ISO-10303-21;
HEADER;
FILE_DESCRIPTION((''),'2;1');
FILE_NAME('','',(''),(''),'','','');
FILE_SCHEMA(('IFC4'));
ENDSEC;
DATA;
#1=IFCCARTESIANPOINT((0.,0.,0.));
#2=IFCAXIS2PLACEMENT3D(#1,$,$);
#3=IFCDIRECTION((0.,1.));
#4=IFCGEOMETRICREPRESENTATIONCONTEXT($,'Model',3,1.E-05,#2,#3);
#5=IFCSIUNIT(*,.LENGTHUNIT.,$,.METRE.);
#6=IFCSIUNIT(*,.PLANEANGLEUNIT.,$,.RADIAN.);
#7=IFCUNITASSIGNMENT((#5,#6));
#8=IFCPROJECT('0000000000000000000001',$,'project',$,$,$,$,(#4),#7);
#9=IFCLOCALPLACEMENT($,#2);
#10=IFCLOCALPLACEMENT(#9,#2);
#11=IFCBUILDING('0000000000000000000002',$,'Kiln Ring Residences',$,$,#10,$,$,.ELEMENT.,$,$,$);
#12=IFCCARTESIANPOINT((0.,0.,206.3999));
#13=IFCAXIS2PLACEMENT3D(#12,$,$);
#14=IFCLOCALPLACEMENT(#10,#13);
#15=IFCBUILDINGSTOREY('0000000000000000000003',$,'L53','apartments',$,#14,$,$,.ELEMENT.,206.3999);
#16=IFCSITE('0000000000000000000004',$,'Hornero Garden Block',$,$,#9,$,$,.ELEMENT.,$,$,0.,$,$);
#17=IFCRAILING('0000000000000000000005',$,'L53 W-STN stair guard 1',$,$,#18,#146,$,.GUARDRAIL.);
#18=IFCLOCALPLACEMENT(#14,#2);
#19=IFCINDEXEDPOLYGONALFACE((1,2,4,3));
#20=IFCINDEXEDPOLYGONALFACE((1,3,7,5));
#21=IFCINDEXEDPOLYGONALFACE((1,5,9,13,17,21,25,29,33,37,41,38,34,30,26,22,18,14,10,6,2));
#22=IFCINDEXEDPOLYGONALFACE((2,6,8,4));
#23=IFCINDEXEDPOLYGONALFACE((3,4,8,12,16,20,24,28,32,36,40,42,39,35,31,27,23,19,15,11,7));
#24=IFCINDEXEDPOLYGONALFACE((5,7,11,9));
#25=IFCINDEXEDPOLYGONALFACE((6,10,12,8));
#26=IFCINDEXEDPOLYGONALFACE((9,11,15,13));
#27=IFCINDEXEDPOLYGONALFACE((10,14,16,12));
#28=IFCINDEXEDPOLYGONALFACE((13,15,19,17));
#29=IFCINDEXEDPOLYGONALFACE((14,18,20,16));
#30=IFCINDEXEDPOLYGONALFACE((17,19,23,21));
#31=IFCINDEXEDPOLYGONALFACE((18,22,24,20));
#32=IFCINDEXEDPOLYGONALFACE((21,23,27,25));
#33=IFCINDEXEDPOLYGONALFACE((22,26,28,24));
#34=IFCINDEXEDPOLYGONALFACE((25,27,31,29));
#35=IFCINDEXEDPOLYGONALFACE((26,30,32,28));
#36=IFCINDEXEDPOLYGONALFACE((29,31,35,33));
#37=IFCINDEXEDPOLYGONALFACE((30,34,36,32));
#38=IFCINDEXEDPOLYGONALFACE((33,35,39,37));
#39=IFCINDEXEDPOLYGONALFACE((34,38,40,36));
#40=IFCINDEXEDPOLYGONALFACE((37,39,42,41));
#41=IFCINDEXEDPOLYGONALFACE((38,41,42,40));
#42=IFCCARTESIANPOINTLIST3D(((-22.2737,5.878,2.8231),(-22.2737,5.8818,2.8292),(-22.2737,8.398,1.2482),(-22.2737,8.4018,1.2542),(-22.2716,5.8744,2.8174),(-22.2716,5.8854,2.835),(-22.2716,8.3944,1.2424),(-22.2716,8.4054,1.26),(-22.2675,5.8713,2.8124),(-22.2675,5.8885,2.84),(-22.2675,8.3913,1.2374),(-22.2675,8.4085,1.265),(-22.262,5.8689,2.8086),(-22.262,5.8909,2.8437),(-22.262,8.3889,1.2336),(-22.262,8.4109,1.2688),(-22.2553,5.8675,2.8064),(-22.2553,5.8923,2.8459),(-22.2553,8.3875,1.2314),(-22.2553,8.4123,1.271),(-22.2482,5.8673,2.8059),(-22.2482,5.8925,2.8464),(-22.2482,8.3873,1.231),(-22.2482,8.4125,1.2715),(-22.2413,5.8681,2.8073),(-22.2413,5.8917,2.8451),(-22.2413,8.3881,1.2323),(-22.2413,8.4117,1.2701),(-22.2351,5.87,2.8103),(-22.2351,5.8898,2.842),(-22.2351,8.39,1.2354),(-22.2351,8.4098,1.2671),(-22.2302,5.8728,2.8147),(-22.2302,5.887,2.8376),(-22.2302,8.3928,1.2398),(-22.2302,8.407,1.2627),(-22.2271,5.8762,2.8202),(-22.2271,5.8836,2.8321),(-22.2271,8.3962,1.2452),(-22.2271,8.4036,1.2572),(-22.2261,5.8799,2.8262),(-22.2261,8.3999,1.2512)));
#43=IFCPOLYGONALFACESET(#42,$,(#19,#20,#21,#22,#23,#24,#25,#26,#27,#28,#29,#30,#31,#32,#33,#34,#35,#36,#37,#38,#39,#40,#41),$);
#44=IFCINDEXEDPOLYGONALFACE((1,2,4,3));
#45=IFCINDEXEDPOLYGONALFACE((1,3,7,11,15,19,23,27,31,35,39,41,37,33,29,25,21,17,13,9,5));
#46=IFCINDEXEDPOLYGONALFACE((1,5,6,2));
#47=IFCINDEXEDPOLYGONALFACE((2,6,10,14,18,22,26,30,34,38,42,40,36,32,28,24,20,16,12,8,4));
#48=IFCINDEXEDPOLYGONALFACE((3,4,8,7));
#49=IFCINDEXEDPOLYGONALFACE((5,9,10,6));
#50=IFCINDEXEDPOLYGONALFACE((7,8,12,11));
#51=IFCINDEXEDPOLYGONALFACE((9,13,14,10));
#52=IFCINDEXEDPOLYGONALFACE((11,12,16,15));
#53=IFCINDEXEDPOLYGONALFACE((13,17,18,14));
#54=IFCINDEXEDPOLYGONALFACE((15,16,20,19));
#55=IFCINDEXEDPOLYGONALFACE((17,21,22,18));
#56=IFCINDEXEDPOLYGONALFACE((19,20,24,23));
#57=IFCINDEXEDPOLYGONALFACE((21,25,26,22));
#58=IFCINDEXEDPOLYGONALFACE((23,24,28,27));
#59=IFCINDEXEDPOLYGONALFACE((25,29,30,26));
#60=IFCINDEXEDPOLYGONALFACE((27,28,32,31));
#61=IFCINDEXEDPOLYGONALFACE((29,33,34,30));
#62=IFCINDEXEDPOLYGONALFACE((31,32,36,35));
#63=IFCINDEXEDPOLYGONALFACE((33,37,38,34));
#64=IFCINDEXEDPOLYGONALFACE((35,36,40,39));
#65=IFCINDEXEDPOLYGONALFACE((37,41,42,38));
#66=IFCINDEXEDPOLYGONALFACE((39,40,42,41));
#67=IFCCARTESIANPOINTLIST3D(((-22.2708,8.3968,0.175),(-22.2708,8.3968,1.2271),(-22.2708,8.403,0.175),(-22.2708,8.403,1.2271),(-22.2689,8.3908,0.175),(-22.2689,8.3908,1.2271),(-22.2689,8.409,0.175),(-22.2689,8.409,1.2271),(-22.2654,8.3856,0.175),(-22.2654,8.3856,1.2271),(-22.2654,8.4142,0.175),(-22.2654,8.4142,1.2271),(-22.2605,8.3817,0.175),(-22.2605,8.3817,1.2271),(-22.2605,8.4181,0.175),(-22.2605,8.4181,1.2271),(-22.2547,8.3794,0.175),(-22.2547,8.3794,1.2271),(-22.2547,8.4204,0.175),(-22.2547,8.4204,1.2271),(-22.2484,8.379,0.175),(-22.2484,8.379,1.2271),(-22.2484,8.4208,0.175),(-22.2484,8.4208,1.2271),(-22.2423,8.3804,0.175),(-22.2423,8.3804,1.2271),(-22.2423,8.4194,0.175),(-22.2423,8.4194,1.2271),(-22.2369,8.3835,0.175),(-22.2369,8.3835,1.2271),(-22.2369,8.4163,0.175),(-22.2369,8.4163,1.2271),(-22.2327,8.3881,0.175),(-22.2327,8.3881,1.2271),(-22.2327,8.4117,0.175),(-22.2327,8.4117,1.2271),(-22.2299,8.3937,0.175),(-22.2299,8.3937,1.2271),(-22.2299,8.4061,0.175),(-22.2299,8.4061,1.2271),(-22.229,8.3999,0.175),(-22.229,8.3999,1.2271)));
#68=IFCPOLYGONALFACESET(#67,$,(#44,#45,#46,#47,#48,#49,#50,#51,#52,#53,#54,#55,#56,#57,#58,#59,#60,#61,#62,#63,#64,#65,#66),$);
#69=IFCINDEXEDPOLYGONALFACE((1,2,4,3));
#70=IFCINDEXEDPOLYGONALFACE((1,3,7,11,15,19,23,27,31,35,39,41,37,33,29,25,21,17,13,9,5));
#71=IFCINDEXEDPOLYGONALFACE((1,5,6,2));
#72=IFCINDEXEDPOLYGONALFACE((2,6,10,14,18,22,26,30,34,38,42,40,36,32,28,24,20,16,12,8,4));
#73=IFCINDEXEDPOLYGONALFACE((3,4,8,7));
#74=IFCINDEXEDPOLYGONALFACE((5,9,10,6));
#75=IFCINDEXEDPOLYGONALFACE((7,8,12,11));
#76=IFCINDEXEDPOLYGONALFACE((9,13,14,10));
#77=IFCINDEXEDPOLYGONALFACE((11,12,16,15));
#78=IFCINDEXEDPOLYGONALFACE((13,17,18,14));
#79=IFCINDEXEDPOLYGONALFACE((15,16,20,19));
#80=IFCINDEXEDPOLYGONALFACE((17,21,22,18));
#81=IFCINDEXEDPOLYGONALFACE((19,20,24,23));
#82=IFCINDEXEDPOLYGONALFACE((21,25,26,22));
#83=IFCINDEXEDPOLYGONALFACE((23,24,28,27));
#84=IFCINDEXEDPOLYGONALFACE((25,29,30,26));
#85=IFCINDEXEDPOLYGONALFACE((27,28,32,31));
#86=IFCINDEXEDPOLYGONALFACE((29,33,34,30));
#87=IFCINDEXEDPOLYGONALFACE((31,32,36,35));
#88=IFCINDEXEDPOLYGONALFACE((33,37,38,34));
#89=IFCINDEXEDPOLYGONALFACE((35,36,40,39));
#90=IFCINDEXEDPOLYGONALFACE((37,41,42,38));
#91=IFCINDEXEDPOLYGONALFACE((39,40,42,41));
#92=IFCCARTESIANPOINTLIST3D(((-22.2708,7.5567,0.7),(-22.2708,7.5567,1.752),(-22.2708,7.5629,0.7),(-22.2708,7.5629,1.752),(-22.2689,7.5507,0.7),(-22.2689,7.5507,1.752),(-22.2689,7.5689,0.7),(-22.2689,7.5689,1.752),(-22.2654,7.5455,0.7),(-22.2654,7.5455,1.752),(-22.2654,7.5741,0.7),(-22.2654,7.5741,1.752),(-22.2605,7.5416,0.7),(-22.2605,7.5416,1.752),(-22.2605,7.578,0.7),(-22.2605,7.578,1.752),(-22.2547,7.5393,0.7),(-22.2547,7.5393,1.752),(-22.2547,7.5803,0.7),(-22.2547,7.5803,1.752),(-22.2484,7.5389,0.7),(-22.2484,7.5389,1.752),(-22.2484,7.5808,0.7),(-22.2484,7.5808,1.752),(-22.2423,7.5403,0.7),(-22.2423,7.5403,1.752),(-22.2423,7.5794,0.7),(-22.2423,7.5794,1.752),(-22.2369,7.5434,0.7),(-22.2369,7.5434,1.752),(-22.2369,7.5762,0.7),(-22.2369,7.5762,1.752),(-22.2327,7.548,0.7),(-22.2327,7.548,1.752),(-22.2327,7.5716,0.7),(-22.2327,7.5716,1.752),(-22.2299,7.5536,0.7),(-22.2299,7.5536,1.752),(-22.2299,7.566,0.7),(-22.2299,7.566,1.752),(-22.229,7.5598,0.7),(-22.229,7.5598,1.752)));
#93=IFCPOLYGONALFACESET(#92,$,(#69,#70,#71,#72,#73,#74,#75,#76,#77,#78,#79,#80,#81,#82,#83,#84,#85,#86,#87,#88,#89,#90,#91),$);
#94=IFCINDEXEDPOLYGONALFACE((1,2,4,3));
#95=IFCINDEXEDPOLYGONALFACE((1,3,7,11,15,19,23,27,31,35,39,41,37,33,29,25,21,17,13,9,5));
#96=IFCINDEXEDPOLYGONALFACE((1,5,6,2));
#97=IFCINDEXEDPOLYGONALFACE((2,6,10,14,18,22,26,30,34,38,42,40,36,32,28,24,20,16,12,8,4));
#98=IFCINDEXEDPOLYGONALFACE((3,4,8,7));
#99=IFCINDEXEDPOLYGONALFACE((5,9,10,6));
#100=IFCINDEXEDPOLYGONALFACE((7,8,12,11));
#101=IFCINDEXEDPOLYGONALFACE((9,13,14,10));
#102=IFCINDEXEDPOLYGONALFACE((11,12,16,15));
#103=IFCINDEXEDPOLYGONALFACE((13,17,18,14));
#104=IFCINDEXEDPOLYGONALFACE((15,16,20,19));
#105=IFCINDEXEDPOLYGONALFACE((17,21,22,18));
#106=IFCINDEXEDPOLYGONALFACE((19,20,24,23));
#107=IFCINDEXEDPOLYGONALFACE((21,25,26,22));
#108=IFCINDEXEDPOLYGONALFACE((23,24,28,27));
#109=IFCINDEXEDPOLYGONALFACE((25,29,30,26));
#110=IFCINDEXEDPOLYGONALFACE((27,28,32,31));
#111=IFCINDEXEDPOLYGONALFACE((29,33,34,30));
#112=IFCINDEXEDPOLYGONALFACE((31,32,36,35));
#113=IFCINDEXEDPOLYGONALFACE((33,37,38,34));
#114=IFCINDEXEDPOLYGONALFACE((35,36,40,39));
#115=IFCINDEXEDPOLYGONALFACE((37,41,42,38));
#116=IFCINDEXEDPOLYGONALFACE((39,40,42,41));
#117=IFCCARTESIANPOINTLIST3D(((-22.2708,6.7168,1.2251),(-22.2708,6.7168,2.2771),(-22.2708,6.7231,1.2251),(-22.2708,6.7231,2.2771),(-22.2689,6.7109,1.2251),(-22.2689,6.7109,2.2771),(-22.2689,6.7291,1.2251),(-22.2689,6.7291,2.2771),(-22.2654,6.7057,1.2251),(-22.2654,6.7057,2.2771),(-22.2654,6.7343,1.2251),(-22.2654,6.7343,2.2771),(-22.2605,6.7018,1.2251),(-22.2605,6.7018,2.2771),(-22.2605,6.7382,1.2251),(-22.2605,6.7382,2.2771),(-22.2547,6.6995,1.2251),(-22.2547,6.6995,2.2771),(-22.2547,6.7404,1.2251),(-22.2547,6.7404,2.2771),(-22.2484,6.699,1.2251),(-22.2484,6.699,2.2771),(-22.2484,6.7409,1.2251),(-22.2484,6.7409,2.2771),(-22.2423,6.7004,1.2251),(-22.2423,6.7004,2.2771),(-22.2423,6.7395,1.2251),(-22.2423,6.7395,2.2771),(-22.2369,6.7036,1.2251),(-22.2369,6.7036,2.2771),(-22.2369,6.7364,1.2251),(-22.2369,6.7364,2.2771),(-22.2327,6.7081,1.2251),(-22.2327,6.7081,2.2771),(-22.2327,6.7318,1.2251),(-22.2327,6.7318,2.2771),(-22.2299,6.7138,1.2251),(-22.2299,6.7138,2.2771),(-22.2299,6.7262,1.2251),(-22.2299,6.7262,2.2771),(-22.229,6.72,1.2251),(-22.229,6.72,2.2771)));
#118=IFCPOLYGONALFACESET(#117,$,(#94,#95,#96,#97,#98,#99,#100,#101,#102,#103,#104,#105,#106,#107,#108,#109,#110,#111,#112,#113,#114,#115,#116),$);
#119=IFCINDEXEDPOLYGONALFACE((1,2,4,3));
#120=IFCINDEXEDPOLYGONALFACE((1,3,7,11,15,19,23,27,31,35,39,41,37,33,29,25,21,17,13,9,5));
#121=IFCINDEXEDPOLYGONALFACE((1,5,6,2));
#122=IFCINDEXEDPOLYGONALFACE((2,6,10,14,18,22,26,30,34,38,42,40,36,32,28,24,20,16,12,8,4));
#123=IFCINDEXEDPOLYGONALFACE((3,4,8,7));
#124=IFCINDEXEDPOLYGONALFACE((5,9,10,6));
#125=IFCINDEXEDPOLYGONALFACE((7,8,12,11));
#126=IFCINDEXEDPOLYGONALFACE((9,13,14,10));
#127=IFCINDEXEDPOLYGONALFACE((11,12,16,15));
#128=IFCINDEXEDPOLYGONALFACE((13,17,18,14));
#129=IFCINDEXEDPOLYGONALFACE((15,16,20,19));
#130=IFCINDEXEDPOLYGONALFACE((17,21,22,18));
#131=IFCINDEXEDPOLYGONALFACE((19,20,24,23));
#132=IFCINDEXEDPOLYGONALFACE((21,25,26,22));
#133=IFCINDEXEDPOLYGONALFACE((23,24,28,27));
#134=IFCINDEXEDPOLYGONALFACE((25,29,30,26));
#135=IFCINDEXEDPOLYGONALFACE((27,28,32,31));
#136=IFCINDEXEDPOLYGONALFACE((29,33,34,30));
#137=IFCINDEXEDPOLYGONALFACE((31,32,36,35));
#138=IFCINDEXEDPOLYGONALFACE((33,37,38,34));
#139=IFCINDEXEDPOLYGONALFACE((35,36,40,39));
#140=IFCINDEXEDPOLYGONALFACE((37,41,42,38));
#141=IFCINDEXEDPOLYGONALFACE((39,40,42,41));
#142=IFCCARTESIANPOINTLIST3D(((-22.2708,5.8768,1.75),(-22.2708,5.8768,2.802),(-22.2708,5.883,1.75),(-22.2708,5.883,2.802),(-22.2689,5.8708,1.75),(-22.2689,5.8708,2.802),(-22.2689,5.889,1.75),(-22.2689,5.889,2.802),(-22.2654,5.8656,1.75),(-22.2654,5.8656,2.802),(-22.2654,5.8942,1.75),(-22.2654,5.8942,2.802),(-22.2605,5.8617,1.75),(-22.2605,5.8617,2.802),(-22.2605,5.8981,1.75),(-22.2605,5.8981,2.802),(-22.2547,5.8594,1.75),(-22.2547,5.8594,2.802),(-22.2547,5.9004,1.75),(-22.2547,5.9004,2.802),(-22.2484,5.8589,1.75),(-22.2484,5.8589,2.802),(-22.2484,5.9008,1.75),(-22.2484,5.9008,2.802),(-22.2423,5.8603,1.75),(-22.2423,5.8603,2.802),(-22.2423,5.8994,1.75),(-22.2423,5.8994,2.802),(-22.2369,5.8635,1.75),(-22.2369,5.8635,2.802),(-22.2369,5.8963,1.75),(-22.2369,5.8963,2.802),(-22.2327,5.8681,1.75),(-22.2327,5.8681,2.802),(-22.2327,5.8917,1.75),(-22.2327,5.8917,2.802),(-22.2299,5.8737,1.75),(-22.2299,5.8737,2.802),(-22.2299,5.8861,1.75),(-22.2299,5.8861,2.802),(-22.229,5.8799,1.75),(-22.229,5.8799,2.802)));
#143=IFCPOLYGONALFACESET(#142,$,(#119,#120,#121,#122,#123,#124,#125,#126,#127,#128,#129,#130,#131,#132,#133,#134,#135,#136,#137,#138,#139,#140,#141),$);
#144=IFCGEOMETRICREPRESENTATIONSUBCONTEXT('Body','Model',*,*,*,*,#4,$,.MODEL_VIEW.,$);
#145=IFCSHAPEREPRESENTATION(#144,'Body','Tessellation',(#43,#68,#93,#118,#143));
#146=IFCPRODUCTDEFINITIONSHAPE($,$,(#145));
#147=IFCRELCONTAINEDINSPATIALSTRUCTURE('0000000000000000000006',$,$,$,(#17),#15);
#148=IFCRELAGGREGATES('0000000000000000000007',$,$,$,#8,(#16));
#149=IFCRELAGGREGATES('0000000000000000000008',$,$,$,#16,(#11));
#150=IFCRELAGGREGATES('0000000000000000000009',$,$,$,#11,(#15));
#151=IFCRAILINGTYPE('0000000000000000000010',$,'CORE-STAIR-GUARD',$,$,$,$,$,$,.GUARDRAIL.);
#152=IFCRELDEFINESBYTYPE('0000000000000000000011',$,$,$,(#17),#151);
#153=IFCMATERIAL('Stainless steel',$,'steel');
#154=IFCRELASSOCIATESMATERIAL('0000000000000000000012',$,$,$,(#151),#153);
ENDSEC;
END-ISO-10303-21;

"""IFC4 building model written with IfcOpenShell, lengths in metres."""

from ifc_helpers import new_model, si_unit, direction, frame, origin, origin_2d, place, context, subcontext, project, spatial, circle, extrude, material, type_object, element, save


model = new_model("IFC4")

# Units and contexts
model_context = context("Model", 3, precision=1e-05, world=origin(), true_north=direction((0.0, 1.0)))
body_context = subcontext(model_context, "Body", "Model", "MODEL_VIEW")
ifc_project = project(units=[si_unit("LENGTHUNIT", "METRE"), si_unit("PLANEANGLEUNIT", "RADIAN")], contexts=[model_context])

# Site, building, storey
site_placement = place(None, origin())
site = spatial("IfcSite", under=ifc_project, at=site_placement, Name="Hornero Garden Block", CompositionType="ELEMENT", RefElevation=0.0)
building_placement = place(site_placement, origin())
building = spatial("IfcBuilding", under=site, at=building_placement, Name="Kiln Ring Residences", CompositionType="ELEMENT")
storey_placement = place(building_placement, frame((0.0, 0.0, 206.3999)))
storey = spatial("IfcBuildingStorey", under=building, at=storey_placement, Name="L53", Description="apartments", CompositionType="ELEMENT", Elevation=206.3999)

# Railing
ifc_material_1 = material(Name="Stainless steel", Category="steel")
railing_type_1 = type_object("IfcRailingType", Name="CORE-STAIR-GUARD", PredefinedType="GUARDRAIL", material=ifc_material_1)
railing_1_placement = place(storey_placement, frame((-22.25, 8.3999, 0.175)))
element("IfcRailing", 1, at=railing_1_placement, inside=storey, type_object=railing_type_1, Name="L53 W-STN stair guard 1", PredefinedType="GUARDRAIL", context=body_context, shape_type="SweptSolid", body=[
    extrude(circle(Radius=0.0239, at=origin_2d()), frame((0.0, 0.0, 1.0762), z_axis=(0.0, -0.848008, 0.529984), x_axis=(1.0, 0.0, 0.0)), (0.0, 0.0, 1.0), 2.9717),
    extrude(circle(Radius=0.021, at=origin_2d()), origin(), (0.0, 0.0, 1.0), 1.052),
    extrude(circle(Radius=0.021, at=origin_2d()), frame((0.0, -0.8401, 0.5249)), (0.0, 0.0, 1.0), 1.052),
    extrude(circle(Radius=0.021, at=origin_2d()), frame((0.0, -1.6799, 1.05)), (0.0, 0.0, 1.0), 1.052),
    extrude(circle(Radius=0.021, at=origin_2d()), frame((0.0, -2.52, 1.575)), (0.0, 0.0, 1.0), 1.052),
])

save(model, "model.ifc")
